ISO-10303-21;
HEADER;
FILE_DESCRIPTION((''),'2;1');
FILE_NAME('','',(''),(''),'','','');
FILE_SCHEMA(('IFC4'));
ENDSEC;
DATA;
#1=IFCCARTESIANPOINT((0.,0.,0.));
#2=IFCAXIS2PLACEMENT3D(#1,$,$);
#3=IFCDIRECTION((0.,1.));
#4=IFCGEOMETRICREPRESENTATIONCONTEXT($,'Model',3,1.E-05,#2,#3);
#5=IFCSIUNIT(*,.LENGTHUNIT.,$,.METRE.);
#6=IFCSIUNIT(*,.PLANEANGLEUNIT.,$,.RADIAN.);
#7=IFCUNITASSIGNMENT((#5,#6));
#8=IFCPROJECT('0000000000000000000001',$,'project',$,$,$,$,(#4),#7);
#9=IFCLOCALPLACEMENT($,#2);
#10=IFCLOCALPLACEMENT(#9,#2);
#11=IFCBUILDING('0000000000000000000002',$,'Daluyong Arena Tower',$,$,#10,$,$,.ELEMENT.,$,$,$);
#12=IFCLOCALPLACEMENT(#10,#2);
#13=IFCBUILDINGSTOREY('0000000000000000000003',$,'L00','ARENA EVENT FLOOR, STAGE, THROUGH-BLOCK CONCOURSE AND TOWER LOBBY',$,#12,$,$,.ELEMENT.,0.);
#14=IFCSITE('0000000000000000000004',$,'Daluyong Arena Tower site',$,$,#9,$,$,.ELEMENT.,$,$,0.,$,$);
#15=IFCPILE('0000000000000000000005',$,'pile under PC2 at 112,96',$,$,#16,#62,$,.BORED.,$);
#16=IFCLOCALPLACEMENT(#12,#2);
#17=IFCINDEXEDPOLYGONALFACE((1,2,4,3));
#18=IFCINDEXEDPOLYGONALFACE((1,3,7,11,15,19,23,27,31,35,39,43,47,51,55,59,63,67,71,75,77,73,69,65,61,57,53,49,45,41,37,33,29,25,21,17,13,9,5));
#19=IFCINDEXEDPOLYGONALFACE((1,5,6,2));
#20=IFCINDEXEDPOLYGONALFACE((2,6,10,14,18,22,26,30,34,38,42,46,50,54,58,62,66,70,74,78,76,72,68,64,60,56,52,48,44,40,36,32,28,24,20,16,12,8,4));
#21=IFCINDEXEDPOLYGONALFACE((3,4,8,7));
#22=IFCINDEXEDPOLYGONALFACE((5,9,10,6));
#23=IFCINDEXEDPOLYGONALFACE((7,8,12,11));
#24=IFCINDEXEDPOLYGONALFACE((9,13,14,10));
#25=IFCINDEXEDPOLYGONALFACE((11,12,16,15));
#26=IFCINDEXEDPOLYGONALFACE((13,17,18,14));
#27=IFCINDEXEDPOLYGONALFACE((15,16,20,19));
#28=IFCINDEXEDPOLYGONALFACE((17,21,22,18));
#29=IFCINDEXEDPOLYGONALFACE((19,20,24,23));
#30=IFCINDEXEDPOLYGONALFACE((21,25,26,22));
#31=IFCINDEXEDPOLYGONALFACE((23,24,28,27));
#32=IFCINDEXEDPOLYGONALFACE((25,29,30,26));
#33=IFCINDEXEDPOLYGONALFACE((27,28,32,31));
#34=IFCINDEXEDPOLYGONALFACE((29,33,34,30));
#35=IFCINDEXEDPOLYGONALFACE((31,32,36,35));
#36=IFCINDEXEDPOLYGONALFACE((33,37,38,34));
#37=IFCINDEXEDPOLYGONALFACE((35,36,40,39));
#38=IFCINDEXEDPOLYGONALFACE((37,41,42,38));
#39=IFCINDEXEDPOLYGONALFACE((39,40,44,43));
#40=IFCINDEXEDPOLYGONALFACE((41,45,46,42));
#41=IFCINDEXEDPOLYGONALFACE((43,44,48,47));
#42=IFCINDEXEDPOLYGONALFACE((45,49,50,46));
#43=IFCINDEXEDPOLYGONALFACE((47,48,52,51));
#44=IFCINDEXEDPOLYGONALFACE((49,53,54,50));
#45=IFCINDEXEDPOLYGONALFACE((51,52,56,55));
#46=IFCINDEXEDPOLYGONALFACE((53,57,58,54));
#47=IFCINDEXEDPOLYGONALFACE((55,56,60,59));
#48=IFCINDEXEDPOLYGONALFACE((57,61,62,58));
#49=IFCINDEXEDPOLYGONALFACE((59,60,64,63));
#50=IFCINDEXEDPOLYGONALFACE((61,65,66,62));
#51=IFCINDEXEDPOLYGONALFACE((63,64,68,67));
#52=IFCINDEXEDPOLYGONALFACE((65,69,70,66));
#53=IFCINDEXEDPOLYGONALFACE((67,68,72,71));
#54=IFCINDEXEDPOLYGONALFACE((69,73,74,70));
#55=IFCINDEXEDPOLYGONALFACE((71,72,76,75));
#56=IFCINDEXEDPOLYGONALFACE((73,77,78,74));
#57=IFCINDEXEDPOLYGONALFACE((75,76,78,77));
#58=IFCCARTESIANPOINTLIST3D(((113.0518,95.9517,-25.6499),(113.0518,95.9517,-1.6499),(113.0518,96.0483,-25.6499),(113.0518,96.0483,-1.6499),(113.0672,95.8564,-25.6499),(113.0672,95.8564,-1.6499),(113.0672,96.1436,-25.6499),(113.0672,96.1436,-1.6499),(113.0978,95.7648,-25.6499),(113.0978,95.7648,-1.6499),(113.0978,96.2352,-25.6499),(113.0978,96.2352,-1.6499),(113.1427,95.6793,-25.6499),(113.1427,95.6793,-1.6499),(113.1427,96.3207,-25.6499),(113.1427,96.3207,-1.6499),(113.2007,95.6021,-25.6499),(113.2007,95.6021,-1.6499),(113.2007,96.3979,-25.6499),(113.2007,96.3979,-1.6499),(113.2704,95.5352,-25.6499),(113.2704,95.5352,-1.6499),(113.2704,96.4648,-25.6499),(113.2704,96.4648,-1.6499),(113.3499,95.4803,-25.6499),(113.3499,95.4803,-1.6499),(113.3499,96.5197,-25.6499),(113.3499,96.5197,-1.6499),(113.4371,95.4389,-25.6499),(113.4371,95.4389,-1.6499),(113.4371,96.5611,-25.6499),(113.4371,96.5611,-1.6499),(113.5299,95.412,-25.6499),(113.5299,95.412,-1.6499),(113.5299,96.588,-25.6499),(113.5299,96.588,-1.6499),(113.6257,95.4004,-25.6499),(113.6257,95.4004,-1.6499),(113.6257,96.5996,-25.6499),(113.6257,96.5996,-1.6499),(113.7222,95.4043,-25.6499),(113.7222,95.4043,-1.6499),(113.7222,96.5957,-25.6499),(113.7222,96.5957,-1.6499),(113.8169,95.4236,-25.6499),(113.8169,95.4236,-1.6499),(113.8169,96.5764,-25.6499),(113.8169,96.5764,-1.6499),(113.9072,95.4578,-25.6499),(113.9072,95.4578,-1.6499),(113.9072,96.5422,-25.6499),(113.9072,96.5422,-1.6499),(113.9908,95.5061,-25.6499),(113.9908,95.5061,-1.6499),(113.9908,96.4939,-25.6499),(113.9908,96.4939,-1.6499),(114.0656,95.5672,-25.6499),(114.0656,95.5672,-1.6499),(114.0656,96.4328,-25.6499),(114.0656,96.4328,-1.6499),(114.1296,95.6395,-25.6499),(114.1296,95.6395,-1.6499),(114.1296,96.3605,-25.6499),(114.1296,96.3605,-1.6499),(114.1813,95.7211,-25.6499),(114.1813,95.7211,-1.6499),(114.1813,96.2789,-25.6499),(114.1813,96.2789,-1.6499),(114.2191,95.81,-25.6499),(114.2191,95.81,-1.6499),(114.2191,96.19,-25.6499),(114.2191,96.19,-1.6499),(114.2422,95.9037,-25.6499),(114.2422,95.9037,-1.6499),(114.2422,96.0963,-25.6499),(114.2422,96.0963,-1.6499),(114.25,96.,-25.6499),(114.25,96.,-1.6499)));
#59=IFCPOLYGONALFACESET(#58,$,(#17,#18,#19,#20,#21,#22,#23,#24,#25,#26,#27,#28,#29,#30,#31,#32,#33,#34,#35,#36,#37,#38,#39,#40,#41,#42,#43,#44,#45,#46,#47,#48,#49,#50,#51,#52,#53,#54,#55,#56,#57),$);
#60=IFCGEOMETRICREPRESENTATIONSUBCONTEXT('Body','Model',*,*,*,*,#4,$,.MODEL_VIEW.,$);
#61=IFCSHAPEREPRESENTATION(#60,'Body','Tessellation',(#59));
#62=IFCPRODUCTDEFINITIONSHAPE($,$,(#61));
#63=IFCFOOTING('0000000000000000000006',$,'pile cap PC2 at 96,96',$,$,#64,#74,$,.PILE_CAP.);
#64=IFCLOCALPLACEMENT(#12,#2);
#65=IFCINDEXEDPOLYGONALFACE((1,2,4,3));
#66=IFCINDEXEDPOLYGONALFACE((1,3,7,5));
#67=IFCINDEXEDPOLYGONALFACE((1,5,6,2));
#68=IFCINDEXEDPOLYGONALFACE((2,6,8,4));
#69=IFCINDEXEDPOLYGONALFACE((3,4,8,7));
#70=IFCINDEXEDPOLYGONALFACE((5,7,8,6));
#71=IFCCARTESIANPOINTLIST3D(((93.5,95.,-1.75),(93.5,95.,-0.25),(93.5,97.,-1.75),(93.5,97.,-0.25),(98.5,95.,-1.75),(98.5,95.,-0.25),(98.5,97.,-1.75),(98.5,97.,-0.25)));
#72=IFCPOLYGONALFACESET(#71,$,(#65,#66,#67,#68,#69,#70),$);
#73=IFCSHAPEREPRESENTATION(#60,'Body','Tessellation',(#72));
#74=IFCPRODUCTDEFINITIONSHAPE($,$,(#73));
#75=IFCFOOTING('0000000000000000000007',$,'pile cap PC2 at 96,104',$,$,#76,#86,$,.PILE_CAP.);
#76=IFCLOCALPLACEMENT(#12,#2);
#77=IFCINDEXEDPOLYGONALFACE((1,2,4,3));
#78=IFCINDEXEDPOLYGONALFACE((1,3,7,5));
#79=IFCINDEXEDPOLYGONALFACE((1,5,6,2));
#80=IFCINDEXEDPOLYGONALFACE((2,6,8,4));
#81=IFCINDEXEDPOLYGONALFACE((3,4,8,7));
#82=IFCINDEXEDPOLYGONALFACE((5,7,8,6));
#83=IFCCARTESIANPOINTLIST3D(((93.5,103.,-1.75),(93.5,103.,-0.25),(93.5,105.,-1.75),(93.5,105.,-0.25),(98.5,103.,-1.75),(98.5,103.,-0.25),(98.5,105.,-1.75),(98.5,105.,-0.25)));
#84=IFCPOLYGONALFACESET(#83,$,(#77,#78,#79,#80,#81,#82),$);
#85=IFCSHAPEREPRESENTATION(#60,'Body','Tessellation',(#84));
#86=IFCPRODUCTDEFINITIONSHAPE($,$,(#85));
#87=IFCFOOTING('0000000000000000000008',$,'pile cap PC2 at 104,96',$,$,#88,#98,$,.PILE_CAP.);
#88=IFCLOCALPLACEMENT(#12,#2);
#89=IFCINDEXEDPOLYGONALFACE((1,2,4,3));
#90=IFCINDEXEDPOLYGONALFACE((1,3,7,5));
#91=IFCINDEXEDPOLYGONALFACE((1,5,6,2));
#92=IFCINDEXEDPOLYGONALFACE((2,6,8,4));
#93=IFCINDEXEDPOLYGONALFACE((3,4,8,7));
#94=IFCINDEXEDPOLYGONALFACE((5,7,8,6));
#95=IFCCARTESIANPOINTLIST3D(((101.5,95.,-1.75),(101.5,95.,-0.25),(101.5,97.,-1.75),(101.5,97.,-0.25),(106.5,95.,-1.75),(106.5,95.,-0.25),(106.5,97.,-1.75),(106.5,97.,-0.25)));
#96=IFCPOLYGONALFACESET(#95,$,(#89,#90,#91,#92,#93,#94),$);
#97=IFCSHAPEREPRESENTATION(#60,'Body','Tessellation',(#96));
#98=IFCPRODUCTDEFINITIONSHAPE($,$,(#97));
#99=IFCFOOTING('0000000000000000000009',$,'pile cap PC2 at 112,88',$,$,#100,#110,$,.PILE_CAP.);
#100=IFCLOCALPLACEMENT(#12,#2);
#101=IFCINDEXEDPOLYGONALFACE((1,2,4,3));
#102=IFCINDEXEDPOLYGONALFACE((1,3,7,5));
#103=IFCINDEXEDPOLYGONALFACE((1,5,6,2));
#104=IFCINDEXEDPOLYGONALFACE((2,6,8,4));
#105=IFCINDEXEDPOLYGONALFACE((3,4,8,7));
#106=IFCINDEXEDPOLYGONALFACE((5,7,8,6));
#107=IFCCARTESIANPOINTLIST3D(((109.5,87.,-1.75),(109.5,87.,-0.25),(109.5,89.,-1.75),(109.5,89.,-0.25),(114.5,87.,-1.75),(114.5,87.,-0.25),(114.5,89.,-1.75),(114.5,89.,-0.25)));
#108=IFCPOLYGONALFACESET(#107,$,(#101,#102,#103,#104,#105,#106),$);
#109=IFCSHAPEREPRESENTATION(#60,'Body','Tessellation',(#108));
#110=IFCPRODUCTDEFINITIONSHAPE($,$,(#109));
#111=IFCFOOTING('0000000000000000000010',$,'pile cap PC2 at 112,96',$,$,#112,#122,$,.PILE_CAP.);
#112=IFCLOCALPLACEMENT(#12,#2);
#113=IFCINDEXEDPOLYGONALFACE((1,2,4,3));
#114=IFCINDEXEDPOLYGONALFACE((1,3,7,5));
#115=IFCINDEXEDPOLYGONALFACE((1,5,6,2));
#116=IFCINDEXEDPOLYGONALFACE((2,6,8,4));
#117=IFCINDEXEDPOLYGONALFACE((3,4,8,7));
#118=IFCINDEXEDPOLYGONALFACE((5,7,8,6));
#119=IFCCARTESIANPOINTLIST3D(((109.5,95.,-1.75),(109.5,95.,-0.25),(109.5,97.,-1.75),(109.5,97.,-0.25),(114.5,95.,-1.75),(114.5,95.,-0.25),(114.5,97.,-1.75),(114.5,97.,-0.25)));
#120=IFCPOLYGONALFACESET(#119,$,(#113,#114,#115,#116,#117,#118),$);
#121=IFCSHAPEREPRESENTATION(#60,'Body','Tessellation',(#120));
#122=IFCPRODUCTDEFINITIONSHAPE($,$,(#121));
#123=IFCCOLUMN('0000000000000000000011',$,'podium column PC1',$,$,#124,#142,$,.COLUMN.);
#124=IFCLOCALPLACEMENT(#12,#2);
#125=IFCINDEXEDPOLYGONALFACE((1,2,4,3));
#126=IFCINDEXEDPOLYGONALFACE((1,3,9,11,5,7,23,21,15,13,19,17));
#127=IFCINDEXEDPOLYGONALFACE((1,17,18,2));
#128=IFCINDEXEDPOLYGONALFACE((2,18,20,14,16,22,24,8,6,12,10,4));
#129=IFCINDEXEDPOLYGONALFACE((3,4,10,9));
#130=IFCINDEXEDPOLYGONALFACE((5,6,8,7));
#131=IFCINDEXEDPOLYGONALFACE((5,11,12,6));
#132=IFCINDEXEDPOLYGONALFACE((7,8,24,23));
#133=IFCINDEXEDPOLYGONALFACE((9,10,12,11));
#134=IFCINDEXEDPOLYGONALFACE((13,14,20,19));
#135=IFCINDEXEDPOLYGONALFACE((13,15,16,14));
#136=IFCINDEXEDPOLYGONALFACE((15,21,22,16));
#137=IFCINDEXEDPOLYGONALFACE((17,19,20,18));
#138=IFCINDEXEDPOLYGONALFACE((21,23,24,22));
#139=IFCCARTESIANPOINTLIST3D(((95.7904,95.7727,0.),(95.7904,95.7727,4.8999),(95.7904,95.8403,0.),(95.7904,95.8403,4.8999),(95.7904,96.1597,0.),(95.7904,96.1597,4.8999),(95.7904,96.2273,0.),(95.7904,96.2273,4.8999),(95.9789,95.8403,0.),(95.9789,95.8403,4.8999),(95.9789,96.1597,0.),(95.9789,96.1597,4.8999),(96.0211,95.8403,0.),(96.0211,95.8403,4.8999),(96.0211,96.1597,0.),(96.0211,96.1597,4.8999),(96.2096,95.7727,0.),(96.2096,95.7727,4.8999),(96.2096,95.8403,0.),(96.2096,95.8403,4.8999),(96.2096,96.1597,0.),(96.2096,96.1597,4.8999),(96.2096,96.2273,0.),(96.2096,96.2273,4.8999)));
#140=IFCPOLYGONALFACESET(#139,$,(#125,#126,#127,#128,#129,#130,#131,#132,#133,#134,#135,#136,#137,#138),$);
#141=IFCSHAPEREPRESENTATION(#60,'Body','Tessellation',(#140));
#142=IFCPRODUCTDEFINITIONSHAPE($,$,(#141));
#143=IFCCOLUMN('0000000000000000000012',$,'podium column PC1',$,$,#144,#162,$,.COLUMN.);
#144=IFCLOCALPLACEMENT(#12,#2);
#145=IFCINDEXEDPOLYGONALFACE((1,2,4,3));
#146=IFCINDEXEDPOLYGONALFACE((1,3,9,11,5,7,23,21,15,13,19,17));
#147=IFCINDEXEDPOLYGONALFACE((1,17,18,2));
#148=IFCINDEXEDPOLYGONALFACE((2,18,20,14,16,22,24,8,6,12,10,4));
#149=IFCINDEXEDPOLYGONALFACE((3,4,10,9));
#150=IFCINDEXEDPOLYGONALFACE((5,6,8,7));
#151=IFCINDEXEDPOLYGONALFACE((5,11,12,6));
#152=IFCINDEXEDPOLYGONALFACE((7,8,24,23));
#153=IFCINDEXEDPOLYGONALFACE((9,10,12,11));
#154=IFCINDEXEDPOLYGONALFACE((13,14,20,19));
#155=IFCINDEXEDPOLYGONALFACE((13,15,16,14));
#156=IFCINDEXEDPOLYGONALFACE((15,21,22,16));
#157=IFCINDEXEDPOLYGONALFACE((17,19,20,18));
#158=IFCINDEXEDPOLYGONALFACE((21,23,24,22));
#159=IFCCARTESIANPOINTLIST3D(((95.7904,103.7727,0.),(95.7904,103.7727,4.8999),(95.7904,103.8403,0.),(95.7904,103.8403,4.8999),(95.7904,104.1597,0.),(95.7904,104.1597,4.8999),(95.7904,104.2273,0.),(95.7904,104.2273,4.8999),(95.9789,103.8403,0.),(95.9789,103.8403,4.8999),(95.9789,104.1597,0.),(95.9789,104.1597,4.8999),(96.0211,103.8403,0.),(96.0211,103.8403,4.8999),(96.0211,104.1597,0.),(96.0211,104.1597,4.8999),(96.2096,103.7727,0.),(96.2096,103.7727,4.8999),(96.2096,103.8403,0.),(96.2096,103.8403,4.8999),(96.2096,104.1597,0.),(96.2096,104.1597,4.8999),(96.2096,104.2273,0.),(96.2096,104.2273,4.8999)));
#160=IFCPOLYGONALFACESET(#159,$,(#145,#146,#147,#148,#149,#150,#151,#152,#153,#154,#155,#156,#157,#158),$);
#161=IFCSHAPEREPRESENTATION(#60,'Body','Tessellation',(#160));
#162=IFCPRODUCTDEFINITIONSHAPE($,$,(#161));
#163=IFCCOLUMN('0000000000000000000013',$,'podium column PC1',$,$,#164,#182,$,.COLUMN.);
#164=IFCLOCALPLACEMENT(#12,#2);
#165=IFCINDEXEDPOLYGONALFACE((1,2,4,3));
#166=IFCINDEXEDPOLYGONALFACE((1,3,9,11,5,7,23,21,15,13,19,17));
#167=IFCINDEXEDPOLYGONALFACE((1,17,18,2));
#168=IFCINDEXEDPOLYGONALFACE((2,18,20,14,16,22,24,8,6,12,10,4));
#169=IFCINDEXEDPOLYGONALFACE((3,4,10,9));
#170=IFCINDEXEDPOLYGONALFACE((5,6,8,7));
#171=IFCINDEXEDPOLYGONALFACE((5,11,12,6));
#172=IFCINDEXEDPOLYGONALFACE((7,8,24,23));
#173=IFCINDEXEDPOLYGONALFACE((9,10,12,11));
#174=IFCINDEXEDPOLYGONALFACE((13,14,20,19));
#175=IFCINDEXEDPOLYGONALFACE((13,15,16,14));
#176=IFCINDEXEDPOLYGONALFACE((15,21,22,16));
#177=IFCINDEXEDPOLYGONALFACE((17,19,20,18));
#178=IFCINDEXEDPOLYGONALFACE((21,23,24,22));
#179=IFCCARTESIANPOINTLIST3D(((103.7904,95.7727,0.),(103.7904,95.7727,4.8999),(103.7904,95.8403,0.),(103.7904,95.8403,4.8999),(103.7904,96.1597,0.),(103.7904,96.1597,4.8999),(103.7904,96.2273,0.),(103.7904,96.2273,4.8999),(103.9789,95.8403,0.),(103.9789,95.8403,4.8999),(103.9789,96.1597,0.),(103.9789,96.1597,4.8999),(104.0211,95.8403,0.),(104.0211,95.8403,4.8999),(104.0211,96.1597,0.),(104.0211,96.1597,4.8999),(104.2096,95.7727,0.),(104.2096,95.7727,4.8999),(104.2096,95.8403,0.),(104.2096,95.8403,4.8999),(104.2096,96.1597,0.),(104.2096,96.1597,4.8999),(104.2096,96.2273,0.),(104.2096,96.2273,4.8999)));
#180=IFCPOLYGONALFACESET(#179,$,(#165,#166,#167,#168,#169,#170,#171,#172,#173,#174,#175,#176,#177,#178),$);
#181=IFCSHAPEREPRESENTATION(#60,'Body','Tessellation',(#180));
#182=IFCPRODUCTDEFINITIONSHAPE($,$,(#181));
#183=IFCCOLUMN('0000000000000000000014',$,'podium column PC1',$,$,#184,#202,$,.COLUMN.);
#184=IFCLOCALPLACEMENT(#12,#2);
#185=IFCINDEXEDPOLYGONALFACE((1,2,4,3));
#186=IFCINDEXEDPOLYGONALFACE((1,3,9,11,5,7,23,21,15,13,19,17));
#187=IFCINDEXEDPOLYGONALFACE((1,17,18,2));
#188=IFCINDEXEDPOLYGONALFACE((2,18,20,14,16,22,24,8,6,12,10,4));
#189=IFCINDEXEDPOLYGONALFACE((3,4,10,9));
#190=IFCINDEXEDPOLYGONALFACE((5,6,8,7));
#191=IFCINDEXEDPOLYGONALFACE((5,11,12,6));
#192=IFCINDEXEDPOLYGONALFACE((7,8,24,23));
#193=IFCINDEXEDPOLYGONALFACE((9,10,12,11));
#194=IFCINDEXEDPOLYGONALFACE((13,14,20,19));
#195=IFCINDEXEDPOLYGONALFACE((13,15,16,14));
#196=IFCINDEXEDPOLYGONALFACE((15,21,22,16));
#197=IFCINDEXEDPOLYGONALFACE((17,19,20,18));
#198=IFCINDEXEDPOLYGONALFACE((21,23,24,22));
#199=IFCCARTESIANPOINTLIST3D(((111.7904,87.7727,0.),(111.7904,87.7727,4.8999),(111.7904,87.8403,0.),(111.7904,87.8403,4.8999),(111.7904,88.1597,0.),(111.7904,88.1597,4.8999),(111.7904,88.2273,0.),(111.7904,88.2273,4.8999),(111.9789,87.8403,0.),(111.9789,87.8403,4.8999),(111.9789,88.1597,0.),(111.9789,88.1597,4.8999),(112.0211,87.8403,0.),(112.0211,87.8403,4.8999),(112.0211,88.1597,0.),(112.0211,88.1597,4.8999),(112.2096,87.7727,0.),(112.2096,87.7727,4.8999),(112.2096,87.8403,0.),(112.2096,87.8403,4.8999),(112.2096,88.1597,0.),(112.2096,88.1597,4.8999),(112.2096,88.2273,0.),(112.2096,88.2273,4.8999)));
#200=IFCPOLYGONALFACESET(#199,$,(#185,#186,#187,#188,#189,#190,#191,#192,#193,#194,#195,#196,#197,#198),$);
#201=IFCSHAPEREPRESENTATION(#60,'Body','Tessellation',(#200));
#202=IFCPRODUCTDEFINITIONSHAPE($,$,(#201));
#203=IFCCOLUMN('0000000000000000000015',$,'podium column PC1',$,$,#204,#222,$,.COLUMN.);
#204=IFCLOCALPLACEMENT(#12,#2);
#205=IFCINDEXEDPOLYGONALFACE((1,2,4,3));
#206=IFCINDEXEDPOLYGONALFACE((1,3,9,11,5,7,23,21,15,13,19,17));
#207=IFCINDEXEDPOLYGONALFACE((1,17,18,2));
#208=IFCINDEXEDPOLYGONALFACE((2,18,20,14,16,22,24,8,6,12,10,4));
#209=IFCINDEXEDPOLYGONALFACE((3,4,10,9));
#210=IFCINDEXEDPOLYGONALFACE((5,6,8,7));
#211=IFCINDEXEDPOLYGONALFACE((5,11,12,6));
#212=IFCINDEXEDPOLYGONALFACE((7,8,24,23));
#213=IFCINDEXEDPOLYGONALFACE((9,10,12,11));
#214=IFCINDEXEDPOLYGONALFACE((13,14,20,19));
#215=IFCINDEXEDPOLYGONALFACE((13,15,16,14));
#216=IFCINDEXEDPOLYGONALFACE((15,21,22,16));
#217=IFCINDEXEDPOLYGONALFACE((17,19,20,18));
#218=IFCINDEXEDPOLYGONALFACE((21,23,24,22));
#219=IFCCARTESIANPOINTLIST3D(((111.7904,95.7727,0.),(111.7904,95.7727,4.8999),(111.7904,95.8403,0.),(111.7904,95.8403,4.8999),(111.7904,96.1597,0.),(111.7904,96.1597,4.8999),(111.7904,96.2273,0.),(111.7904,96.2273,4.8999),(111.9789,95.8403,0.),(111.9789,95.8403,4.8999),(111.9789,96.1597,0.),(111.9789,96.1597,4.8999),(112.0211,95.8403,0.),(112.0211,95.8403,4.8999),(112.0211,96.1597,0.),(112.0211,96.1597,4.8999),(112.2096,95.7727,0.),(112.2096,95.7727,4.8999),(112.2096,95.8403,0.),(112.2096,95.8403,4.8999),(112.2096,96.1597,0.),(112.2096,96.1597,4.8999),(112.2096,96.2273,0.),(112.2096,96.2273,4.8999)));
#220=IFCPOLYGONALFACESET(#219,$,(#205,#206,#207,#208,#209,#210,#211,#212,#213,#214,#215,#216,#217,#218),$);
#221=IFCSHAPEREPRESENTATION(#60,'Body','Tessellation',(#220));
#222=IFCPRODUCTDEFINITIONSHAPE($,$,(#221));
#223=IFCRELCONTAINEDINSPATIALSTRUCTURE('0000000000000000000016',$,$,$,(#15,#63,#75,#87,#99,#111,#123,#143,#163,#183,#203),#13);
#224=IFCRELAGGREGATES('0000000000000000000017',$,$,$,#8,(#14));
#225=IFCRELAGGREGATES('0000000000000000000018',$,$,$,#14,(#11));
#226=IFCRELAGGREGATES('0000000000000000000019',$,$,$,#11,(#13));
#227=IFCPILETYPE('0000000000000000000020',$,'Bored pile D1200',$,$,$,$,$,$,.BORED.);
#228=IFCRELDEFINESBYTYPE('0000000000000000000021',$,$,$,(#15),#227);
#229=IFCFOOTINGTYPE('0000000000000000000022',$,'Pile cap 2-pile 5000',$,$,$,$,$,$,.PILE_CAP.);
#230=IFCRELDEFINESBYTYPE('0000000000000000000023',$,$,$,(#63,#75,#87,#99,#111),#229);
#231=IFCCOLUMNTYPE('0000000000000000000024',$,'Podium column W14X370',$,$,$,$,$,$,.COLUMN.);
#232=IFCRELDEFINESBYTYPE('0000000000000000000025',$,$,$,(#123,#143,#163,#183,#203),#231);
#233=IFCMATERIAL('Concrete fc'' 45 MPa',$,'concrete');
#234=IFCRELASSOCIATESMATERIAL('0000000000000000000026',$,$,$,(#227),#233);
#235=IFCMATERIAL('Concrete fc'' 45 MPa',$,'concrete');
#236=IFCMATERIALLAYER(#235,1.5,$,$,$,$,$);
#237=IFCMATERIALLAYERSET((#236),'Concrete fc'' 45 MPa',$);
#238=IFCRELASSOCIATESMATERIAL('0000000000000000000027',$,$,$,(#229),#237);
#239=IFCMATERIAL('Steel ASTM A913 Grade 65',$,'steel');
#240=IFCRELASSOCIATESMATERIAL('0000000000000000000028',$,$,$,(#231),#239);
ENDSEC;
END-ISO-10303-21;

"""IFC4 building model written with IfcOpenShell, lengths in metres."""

from ifc_helpers import new_model, si_unit, direction, frame, origin, origin_2d, place, context, subcontext, project, spatial, rectangle, circle, i_section, extrude, material, layer, layer_set, material_profile, profile_set, type_object, element, save


model = new_model("IFC4")

# Units and contexts
model_context = context("Model", 3, precision=1e-05, world=origin(), true_north=direction((0.0, 1.0)))
body_context = subcontext(model_context, "Body", "Model", "MODEL_VIEW")
ifc_project = project(units=[si_unit("LENGTHUNIT", "METRE"), si_unit("PLANEANGLEUNIT", "RADIAN")], contexts=[model_context])

# Site, building, storey
site_placement = place(None, origin())
site = spatial("IfcSite", under=ifc_project, at=site_placement, Name="Daluyong Arena Tower site", CompositionType="ELEMENT", RefElevation=0.0)
building_placement = place(site_placement, origin())
building = spatial("IfcBuilding", under=site, at=building_placement, Name="Daluyong Arena Tower", CompositionType="ELEMENT")
storey_placement = place(building_placement, origin())
storey = spatial("IfcBuildingStorey", under=building, at=storey_placement, Name="L00", Description="ARENA EVENT FLOOR, STAGE, THROUGH-BLOCK CONCOURSE AND TOWER LOBBY", CompositionType="ELEMENT", Elevation=0.0)

# Pile
ifc_material_1 = material(Name="Concrete fc' 45 MPa", Category="concrete")
pile_type = type_object("IfcPileType", Name="Bored pile D1200", PredefinedType="BORED", material=ifc_material_1)
for number, where, z_axis, x_axis, name in (
    (1, (113.6499, 96.0, -1.6499), (0.0, 0.0, -1.0), (1.0, 0.0, 0.0), "pile under PC2 at 112,96"),
):
    element("IfcPile", number, at=place(storey_placement, frame(where, z_axis=z_axis, x_axis=x_axis)), inside=storey, type_object=pile_type, Name=name, PredefinedType="BORED", context=body_context, shape_type="SweptSolid", body=[
        extrude(circle(Radius=0.6001, at=origin_2d()), origin(), (0.0, 0.0, 1.0), 24.0),
    ])

# Footings
ifc_material_2 = material(Name="Concrete fc' 45 MPa", Category="concrete")
ifc_layer = layer(ifc_material_2, 1.5)
ifc_layer_set = layer_set([ifc_layer], Name="Concrete fc' 45 MPa")
footing_type = type_object("IfcFootingType", Name="Pile cap 2-pile 5000", PredefinedType="PILE_CAP", material=ifc_layer_set)
for number, where, z_axis, x_axis, name in (
    (2, (96.0, 96.0, -1.75), (0.0, 0.0, 1.0), (1.0, 0.0, 0.0), "pile cap PC2 at 96,96"),
    (3, (96.0, 104.0, -1.75), (0.0, 0.0, 1.0), (1.0, 0.0, 0.0), "pile cap PC2 at 96,104"),
    (4, (104.0, 96.0, -1.75), (0.0, 0.0, 1.0), (1.0, 0.0, 0.0), "pile cap PC2 at 104,96"),
    (5, (112.0, 88.0, -1.75), (0.0, 0.0, 1.0), (1.0, 0.0, 0.0), "pile cap PC2 at 112,88"),
    (6, (112.0, 96.0, -1.75), (0.0, 0.0, 1.0), (1.0, 0.0, 0.0), "pile cap PC2 at 112,96"),
):
    element("IfcFooting", number, at=place(storey_placement, frame(where, z_axis=z_axis, x_axis=x_axis)), inside=storey, type_object=footing_type, Name=name, PredefinedType="PILE_CAP", context=body_context, shape_type="SweptSolid", body=[
        extrude(rectangle(XDim=5.0, YDim=2.0, at=origin_2d()), origin(), (0.0, 0.0, 1.0), 1.5),
    ])

# Columns
ifc_material_3 = material(Name="Steel ASTM A913 Grade 65", Category="steel")
ifc_material_profile = material_profile(ifc_material_3, i_section(OverallWidth=0.4192, OverallDepth=0.4546, WebThickness=0.0422, FlangeThickness=0.0676, at=origin_2d()))
ifc_profile_set = profile_set([ifc_material_profile], Name="Steel ASTM A913 Grade 65")
column_type = type_object("IfcColumnType", Name="Podium column W14X370", PredefinedType="COLUMN", material=ifc_profile_set)
for number, where, z_axis, x_axis, name in (
    (7, (96.0, 96.0, 0.0), (0.0, 0.0, 1.0), (1.0, 0.0, 0.0), "podium column PC1"),
    (8, (96.0, 104.0, 0.0), (0.0, 0.0, 1.0), (1.0, 0.0, 0.0), "podium column PC1"),
    (9, (104.0, 96.0, 0.0), (0.0, 0.0, 1.0), (1.0, 0.0, 0.0), "podium column PC1"),
    (10, (112.0, 88.0, 0.0), (0.0, 0.0, 1.0), (1.0, 0.0, 0.0), "podium column PC1"),
    (11, (112.0, 96.0, 0.0), (0.0, 0.0, 1.0), (1.0, 0.0, 0.0), "podium column PC1"),
):
    element("IfcColumn", number, at=place(storey_placement, frame(where, z_axis=z_axis, x_axis=x_axis)), inside=storey, type_object=column_type, Name=name, PredefinedType="COLUMN", context=body_context, shape_type="SweptSolid", body=[
        extrude(i_section(OverallWidth=0.4192, OverallDepth=0.4546, WebThickness=0.0422, FlangeThickness=0.0676, at=origin_2d()), origin(), (0.0, 0.0, 1.0), 4.8999),
    ])

save(model, "model.ifc")
